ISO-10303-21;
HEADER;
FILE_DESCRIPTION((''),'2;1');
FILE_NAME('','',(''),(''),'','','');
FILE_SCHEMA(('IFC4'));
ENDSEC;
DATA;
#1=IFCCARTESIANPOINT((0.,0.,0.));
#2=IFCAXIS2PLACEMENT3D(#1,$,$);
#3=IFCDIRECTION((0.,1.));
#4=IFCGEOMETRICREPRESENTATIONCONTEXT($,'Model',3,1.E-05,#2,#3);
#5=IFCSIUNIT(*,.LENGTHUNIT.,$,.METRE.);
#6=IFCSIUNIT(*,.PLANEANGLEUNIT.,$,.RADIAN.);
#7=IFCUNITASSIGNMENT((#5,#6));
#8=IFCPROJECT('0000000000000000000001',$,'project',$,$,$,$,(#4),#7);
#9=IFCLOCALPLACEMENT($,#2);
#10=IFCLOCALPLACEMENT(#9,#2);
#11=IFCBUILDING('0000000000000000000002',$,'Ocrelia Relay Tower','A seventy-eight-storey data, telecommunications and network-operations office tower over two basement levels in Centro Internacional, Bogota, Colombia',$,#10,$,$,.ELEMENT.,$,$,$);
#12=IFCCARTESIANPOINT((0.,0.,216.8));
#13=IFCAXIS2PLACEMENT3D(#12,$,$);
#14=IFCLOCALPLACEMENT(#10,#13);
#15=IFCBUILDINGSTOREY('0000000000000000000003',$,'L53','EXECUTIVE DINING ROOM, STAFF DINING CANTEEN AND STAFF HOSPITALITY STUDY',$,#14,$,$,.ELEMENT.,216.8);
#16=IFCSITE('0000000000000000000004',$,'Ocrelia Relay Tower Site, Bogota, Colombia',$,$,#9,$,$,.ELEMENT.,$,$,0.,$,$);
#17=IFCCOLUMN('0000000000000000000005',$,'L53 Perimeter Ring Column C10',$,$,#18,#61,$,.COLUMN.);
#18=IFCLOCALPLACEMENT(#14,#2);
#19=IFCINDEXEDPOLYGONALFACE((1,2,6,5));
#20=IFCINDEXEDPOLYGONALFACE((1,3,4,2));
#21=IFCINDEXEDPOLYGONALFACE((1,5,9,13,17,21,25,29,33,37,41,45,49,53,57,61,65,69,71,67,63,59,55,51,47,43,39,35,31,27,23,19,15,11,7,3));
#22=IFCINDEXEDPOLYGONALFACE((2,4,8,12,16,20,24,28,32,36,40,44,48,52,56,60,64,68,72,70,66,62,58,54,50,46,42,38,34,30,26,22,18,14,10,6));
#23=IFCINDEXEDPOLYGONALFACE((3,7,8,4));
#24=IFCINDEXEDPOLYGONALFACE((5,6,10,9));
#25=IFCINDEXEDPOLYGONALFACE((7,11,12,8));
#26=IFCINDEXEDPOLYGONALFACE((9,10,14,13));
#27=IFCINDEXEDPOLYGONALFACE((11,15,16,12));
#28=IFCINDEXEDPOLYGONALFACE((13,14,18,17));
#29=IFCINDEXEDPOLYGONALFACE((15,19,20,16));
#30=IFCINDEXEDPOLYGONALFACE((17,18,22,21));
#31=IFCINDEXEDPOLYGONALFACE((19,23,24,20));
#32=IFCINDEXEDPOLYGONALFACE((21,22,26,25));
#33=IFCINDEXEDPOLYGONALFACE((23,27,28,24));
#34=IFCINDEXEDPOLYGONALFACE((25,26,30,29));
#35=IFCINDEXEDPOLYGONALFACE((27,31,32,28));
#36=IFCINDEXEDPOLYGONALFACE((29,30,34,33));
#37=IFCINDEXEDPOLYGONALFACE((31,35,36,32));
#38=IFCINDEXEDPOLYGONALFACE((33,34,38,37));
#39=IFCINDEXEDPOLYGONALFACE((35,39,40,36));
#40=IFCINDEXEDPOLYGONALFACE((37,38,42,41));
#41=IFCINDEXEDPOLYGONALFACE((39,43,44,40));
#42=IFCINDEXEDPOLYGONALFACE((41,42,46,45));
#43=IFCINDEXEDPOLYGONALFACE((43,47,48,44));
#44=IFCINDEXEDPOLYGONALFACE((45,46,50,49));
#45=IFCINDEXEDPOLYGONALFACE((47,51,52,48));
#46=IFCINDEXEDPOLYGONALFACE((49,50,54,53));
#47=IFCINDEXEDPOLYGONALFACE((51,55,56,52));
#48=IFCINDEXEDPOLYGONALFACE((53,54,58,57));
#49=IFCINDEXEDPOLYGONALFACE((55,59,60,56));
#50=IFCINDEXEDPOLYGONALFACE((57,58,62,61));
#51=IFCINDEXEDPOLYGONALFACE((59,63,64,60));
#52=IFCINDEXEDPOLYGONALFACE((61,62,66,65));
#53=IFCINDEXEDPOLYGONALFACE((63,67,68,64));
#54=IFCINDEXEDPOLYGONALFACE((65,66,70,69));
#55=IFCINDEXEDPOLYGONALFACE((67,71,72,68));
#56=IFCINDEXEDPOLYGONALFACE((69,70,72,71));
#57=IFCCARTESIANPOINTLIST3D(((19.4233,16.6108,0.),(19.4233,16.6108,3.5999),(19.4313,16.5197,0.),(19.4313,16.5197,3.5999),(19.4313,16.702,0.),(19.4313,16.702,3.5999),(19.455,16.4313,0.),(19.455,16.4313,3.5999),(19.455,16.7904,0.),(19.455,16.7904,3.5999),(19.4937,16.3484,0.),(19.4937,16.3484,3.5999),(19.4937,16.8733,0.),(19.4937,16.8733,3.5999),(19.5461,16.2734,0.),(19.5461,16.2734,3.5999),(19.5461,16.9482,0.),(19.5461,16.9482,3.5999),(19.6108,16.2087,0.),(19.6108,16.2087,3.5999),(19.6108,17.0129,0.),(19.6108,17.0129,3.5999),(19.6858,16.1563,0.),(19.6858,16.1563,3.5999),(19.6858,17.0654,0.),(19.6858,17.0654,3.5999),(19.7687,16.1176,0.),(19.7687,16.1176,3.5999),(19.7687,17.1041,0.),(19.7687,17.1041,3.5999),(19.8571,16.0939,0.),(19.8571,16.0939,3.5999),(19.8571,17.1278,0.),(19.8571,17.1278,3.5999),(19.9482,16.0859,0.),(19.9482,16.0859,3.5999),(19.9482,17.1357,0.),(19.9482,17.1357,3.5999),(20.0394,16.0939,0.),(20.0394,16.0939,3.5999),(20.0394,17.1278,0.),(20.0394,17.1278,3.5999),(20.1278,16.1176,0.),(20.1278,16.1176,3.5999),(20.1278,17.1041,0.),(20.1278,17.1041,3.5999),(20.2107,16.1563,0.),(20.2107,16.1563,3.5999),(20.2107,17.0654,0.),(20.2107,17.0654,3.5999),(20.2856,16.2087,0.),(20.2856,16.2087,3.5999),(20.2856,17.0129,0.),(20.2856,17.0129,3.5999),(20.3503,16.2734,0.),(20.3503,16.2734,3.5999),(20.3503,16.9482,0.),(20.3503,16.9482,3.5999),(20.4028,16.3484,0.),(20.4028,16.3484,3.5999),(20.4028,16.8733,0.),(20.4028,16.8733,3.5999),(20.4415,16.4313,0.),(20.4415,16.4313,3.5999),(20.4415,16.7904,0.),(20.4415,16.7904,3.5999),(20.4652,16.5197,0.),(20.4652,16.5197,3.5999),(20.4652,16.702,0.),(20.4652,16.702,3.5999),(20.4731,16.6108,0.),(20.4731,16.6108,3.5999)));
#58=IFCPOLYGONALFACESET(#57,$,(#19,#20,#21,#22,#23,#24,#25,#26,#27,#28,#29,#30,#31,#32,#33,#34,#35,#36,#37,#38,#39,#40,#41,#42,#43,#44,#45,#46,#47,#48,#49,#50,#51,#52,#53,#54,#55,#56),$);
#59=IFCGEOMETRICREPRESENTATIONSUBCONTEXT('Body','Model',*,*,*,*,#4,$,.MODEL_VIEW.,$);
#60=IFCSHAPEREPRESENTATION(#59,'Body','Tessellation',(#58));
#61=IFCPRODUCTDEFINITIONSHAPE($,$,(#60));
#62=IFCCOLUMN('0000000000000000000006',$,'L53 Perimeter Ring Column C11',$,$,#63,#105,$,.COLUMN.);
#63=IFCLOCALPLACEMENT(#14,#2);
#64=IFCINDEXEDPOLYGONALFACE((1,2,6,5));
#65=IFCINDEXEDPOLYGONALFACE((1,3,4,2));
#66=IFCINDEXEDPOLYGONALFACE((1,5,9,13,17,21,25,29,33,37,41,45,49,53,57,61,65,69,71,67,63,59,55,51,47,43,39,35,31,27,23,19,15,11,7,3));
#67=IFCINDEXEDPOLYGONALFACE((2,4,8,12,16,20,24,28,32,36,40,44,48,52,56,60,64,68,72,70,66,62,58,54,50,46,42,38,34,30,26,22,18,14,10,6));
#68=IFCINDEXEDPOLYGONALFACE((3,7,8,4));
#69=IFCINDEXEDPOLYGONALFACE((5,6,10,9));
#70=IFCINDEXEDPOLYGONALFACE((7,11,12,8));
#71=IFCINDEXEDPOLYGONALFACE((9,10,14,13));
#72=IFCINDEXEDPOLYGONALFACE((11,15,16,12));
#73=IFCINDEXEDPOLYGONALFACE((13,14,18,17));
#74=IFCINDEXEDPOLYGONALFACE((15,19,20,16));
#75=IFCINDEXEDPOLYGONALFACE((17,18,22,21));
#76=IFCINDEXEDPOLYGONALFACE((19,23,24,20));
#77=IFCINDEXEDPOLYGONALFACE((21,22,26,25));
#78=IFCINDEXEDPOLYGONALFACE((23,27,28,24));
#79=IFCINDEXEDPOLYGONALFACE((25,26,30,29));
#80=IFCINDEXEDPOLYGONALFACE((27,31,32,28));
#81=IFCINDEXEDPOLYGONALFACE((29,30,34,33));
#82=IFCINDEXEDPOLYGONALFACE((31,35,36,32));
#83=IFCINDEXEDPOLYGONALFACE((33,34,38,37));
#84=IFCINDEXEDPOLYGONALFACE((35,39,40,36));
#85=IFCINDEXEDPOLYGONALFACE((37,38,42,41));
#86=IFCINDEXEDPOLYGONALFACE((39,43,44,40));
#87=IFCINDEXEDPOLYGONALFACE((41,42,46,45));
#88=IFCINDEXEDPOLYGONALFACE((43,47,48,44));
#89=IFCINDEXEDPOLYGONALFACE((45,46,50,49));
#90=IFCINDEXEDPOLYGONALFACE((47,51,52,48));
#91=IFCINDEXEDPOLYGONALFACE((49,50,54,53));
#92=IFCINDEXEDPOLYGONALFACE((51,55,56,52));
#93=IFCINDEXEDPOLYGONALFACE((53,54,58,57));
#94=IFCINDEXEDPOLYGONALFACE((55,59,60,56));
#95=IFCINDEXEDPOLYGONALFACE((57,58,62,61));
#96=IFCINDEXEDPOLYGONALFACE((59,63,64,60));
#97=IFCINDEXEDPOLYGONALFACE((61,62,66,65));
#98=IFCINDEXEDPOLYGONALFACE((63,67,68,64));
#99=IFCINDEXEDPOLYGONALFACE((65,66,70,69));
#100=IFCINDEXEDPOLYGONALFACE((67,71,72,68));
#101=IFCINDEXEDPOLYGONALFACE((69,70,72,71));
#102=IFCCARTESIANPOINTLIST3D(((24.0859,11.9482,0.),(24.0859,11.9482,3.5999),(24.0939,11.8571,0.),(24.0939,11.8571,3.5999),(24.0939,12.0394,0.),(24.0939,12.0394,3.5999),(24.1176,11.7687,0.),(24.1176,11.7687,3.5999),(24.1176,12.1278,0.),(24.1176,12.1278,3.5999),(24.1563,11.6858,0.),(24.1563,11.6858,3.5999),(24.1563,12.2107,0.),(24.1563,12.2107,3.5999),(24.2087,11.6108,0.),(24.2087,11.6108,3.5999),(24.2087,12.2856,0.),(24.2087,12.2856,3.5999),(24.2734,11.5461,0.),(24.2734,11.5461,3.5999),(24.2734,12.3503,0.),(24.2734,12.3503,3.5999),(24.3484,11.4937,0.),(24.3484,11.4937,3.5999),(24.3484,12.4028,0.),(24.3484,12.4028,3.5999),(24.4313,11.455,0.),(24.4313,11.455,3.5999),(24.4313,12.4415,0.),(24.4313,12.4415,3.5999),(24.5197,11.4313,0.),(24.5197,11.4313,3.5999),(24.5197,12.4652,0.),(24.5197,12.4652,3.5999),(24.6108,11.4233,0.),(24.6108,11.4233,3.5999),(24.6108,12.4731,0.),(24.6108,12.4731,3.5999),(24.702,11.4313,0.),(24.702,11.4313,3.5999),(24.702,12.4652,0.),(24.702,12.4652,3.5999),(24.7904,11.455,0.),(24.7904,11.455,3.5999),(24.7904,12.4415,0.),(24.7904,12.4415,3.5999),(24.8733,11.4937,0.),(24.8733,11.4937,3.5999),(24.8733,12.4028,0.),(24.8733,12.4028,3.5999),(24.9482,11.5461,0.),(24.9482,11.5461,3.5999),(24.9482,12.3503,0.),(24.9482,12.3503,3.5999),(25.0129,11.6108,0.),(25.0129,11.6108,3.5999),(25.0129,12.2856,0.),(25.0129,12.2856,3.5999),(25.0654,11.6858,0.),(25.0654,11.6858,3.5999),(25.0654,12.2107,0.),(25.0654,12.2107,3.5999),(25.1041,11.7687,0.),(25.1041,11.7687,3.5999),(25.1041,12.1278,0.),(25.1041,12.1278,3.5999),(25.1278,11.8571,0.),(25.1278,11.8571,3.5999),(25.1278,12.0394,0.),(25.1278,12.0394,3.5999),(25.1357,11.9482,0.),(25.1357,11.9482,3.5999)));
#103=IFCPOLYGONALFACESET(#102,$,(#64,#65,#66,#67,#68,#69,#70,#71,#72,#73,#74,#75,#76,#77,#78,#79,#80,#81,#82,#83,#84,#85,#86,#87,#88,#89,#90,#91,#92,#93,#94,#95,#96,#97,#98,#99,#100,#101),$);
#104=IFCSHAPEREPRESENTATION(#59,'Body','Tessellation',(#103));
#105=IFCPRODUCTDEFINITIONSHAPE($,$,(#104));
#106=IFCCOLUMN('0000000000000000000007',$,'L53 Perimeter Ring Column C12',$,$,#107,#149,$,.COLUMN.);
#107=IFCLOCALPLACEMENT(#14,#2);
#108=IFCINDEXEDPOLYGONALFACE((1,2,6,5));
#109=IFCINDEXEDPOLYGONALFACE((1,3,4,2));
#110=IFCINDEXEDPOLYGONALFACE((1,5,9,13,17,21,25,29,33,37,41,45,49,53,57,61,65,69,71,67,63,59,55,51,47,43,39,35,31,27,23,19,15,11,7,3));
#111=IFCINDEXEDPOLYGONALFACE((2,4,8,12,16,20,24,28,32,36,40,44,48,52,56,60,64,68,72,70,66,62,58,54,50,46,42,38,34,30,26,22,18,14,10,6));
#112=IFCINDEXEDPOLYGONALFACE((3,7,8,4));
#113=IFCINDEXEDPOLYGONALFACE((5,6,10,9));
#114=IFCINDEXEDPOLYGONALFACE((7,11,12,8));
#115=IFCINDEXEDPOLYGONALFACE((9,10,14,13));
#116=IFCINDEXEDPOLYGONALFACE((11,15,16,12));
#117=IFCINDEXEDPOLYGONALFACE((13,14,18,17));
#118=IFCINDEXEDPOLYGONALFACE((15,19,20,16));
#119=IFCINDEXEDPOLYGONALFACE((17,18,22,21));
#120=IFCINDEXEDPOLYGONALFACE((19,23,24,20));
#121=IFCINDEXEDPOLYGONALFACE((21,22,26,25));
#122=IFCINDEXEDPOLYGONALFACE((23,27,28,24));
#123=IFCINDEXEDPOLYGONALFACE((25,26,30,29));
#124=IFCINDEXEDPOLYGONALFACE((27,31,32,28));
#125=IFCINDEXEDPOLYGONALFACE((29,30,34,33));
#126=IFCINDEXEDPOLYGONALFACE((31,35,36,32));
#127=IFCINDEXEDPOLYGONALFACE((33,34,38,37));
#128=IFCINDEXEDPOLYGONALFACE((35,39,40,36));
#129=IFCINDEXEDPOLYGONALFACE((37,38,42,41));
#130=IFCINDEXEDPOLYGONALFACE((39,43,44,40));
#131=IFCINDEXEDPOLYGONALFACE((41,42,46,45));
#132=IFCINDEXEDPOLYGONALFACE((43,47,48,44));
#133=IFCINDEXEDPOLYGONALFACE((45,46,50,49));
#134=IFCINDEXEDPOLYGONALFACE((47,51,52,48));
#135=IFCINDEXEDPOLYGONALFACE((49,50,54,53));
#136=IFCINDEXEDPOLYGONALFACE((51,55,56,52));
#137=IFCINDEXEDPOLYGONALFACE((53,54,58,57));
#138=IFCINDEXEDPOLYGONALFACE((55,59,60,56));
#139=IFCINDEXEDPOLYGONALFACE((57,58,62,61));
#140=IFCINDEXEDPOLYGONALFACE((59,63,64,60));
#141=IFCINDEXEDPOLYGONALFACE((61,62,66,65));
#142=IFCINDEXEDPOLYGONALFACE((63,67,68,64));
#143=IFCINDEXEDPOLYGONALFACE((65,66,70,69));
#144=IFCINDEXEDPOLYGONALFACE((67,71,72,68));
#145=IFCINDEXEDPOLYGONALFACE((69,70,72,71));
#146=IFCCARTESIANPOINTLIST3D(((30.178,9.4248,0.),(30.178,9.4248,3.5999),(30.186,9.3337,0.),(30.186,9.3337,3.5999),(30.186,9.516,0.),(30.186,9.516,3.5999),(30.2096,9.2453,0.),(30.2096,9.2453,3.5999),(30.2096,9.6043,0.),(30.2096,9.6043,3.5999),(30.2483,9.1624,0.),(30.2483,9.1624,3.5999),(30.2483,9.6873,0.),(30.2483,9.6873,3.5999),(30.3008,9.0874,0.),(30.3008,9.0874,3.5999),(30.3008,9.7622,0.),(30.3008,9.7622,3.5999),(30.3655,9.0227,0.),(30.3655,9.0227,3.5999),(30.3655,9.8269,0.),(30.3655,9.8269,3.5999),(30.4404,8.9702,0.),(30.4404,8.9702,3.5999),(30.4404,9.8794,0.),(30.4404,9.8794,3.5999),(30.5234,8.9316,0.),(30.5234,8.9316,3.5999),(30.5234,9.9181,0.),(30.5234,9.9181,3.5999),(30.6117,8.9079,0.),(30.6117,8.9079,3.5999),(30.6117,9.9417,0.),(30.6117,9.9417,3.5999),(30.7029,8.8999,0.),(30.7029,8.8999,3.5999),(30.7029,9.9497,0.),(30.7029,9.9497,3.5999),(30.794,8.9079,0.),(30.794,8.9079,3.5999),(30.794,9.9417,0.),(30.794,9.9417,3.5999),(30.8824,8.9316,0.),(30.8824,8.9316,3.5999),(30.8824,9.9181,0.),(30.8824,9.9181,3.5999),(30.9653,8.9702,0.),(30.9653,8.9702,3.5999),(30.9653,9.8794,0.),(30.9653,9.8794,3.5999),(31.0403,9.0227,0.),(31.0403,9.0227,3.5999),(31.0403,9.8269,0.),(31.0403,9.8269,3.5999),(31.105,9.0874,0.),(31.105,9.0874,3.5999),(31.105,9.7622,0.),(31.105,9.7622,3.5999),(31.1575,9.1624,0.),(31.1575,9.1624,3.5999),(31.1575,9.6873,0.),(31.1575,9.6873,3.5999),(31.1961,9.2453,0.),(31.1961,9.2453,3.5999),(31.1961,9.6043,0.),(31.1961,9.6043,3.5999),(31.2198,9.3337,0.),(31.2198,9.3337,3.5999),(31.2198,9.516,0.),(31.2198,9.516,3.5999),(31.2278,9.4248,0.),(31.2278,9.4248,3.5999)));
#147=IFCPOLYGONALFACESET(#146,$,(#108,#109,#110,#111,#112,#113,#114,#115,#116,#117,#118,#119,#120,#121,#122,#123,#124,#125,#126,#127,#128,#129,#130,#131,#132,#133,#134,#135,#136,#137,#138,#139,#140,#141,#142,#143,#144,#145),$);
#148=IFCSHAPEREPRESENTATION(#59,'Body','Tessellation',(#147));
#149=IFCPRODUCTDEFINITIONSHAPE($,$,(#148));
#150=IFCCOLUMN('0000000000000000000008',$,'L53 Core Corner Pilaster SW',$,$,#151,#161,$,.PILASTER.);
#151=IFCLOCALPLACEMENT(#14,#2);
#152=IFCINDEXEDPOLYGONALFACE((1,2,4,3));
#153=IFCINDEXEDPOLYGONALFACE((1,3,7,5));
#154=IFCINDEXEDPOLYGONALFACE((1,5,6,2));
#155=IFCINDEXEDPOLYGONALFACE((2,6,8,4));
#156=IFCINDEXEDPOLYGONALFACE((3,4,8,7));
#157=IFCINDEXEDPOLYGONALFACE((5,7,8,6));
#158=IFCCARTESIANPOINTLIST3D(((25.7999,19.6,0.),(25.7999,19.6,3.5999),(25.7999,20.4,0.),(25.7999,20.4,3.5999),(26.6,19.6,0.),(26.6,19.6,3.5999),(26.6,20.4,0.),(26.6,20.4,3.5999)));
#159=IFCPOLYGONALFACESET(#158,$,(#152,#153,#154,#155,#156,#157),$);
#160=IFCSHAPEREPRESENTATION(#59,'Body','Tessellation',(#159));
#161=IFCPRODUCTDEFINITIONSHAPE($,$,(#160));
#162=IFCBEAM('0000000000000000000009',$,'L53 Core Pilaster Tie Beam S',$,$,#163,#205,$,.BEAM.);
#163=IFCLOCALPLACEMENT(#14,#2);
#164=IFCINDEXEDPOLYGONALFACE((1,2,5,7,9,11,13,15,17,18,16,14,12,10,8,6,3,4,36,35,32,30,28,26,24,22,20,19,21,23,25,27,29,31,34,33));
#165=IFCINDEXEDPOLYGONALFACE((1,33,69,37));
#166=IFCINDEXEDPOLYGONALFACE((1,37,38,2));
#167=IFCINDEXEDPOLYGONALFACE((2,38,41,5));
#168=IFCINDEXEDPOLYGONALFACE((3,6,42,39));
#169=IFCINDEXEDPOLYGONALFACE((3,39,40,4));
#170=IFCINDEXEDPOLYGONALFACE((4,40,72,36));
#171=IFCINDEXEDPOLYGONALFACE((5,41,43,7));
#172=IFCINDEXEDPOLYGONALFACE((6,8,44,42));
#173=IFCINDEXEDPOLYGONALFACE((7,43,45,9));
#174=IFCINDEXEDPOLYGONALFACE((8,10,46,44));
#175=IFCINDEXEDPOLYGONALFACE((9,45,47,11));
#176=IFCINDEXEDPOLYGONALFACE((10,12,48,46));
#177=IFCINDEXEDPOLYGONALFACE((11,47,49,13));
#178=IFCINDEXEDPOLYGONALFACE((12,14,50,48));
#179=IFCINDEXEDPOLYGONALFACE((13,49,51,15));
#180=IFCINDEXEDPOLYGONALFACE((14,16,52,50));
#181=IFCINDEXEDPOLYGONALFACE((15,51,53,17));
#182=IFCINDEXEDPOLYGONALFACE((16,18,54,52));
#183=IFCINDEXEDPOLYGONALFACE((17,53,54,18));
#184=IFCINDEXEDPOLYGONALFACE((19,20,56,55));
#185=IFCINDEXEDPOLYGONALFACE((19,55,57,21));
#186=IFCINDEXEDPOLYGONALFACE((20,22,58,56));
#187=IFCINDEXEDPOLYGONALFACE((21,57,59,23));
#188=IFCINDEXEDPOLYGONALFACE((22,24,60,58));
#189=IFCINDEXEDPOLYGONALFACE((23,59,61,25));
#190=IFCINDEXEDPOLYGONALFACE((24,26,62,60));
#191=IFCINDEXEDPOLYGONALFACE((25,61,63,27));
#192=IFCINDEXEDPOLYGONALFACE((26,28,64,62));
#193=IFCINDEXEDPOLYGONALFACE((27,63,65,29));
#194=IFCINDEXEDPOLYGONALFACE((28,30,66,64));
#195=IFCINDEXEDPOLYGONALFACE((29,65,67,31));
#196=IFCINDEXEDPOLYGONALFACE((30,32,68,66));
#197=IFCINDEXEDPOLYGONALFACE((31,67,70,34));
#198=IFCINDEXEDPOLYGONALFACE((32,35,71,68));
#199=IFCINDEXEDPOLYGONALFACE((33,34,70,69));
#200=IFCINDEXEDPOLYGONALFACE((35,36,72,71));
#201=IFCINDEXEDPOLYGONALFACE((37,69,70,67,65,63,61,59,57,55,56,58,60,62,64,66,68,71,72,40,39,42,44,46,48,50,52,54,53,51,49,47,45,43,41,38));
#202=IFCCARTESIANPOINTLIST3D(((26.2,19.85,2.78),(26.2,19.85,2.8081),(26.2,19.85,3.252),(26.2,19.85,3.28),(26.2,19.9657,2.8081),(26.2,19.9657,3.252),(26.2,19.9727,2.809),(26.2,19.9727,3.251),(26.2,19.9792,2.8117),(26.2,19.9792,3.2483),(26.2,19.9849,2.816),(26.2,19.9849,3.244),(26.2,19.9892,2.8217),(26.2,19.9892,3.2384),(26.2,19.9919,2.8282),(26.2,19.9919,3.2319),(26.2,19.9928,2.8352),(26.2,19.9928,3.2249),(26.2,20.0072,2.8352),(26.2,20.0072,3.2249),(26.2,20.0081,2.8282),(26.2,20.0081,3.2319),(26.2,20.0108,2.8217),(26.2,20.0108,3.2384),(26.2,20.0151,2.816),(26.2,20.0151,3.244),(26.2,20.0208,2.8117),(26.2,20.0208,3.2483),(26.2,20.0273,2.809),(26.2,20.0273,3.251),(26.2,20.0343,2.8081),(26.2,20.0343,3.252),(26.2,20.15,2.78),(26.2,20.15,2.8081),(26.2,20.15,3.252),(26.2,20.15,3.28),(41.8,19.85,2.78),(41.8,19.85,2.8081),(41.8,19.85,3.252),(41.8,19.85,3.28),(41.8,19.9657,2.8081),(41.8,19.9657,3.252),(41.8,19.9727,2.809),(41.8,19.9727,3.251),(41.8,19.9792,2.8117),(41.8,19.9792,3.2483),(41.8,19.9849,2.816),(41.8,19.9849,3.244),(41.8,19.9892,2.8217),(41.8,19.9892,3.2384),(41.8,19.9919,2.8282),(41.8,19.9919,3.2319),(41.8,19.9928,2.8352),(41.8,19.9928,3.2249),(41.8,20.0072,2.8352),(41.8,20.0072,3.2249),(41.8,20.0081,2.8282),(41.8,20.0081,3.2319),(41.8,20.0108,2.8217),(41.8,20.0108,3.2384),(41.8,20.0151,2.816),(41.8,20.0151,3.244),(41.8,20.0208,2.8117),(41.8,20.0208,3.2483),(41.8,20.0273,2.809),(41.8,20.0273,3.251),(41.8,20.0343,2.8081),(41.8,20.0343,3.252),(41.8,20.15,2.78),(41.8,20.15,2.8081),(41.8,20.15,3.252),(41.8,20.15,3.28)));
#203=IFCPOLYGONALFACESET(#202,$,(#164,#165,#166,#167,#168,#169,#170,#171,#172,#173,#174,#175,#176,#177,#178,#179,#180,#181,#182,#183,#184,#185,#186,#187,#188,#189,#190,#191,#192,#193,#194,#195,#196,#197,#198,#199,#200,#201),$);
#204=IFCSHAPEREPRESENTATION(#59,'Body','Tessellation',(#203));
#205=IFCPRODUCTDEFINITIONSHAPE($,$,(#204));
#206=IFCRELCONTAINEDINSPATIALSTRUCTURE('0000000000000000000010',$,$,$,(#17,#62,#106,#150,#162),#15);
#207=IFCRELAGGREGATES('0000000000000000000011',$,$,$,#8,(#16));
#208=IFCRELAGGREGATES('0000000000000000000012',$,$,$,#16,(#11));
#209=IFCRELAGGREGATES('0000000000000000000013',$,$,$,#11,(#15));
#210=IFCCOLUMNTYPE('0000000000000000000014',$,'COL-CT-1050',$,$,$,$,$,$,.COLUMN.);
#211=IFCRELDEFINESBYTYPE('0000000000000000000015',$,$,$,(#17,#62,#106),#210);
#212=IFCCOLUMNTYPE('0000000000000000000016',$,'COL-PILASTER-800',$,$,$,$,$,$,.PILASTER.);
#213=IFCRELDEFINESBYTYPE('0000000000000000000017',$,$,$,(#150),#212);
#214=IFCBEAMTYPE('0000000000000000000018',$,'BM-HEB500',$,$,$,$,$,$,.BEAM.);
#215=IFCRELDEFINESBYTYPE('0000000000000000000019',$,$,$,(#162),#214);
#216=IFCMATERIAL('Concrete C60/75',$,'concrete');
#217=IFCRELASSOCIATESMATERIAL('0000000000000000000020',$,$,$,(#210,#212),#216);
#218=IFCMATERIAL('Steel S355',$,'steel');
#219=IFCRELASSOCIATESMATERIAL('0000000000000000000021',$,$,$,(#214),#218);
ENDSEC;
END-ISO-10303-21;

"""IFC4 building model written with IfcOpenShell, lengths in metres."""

from ifc_helpers import new_model, si_unit, direction, frame, origin, origin_2d, place, context, subcontext, project, spatial, rectangle, circle, i_section, extrude, material, material_profile, profile_set, type_object, element, save


model = new_model("IFC4")

# Units and contexts
model_context = context("Model", 3, precision=1e-05, world=origin(), true_north=direction((0.0, 1.0)))
body_context = subcontext(model_context, "Body", "Model", "MODEL_VIEW")
ifc_project = project(units=[si_unit("LENGTHUNIT", "METRE"), si_unit("PLANEANGLEUNIT", "RADIAN")], contexts=[model_context])

# Site, building, storey
site_placement = place(None, origin())
site = spatial("IfcSite", under=ifc_project, at=site_placement, Name="Ocrelia Relay Tower Site, Bogota, Colombia", CompositionType="ELEMENT", RefElevation=0.0)
building_placement = place(site_placement, origin())
building = spatial("IfcBuilding", under=site, at=building_placement, Name="Ocrelia Relay Tower", Description="A seventy-eight-storey data, telecommunications and network-operations office tower over two basement levels in Centro Internacional, Bogota, Colombia", CompositionType="ELEMENT")
storey_placement = place(building_placement, frame((0.0, 0.0, 216.8)))
storey = spatial("IfcBuildingStorey", under=building, at=storey_placement, Name="L53", Description="EXECUTIVE DINING ROOM, STAFF DINING CANTEEN AND STAFF HOSPITALITY STUDY", CompositionType="ELEMENT", Elevation=216.8)

# Columns
ifc_material_1 = material(Name="Concrete C60/75", Category="concrete")
ifc_material_profile_1 = material_profile(ifc_material_1, circle(Radius=0.5249, at=origin_2d()), Name="RC-CIR-1050")
ifc_profile_set_1 = profile_set([ifc_material_profile_1], Name="Concrete C60/75")
column_type_1 = type_object("IfcColumnType", Name="COL-CT-1050", PredefinedType="COLUMN", material=ifc_profile_set_1)
for number, where, z_axis, x_axis, name in (
    (1, (19.9482, 16.6108, 0.0), (0.0, 0.0, 1.0), (1.0, 0.0, 0.0), "L53 Perimeter Ring Column C10"),
    (2, (24.6108, 11.9482, 0.0), (0.0, 0.0, 1.0), (1.0, 0.0, 0.0), "L53 Perimeter Ring Column C11"),
    (3, (30.7029, 9.4248, 0.0), (0.0, 0.0, 1.0), (1.0, 0.0, 0.0), "L53 Perimeter Ring Column C12"),
):
    element("IfcColumn", number, at=place(storey_placement, frame(where, z_axis=z_axis, x_axis=x_axis)), inside=storey, type_object=column_type_1, Name=name, PredefinedType="COLUMN", context=body_context, shape_type="SweptSolid", body=[
        extrude(circle(Radius=0.5249, at=origin_2d()), origin(), (0.0, 0.0, 1.0), 3.5999),
    ])
ifc_material_profile_2 = material_profile(ifc_material_1, rectangle(XDim=0.8, YDim=0.8, at=origin_2d()), Name="RC-COL-800x800")
ifc_profile_set_2 = profile_set([ifc_material_profile_2], Name="Concrete C60/75")
column_type_2 = type_object("IfcColumnType", Name="COL-PILASTER-800", PredefinedType="PILASTER", material=ifc_profile_set_2)
column_placement = place(storey_placement, frame((26.2, 20.0, 0.0), z_axis=(0.0, 0.0, 1.0), x_axis=(1.0, 0.0, 0.0)))
element("IfcColumn", 4, at=column_placement, inside=storey, type_object=column_type_2, Name="L53 Core Corner Pilaster SW", PredefinedType="PILASTER", context=body_context, shape_type="SweptSolid", body=[
    extrude(rectangle(XDim=0.8, YDim=0.8, at=origin_2d()), origin(), (0.0, 0.0, 1.0), 3.5999),
])

# Beam
ifc_material_2 = material(Name="Steel S355", Category="steel")
ifc_material_profile_3 = material_profile(ifc_material_2, i_section(OverallWidth=0.3, OverallDepth=0.5, WebThickness=0.0144, FlangeThickness=0.0281, FilletRadius=0.0271, at=origin_2d()), Name="HEB 500")
ifc_profile_set_3 = profile_set([ifc_material_profile_3], Name="Steel S355")
beam_type_1 = type_object("IfcBeamType", Name="BM-HEB500", PredefinedType="BEAM", material=ifc_profile_set_3)
beam_1_placement = place(storey_placement, frame((26.2, 20.0, 3.03), z_axis=(1.0, 0.0, 0.0), x_axis=(0.0, 1.0, 0.0)))
element("IfcBeam", 5, at=beam_1_placement, inside=storey, type_object=beam_type_1, Name="L53 Core Pilaster Tie Beam S", PredefinedType="BEAM", context=body_context, shape_type="SweptSolid", body=[
    extrude(i_section(OverallWidth=0.3, OverallDepth=0.5, WebThickness=0.0144, FlangeThickness=0.0281, FilletRadius=0.0271, at=origin_2d()), origin(), (0.0, 0.0, 1.0), 15.6001),
])

save(model, "model.ifc")
